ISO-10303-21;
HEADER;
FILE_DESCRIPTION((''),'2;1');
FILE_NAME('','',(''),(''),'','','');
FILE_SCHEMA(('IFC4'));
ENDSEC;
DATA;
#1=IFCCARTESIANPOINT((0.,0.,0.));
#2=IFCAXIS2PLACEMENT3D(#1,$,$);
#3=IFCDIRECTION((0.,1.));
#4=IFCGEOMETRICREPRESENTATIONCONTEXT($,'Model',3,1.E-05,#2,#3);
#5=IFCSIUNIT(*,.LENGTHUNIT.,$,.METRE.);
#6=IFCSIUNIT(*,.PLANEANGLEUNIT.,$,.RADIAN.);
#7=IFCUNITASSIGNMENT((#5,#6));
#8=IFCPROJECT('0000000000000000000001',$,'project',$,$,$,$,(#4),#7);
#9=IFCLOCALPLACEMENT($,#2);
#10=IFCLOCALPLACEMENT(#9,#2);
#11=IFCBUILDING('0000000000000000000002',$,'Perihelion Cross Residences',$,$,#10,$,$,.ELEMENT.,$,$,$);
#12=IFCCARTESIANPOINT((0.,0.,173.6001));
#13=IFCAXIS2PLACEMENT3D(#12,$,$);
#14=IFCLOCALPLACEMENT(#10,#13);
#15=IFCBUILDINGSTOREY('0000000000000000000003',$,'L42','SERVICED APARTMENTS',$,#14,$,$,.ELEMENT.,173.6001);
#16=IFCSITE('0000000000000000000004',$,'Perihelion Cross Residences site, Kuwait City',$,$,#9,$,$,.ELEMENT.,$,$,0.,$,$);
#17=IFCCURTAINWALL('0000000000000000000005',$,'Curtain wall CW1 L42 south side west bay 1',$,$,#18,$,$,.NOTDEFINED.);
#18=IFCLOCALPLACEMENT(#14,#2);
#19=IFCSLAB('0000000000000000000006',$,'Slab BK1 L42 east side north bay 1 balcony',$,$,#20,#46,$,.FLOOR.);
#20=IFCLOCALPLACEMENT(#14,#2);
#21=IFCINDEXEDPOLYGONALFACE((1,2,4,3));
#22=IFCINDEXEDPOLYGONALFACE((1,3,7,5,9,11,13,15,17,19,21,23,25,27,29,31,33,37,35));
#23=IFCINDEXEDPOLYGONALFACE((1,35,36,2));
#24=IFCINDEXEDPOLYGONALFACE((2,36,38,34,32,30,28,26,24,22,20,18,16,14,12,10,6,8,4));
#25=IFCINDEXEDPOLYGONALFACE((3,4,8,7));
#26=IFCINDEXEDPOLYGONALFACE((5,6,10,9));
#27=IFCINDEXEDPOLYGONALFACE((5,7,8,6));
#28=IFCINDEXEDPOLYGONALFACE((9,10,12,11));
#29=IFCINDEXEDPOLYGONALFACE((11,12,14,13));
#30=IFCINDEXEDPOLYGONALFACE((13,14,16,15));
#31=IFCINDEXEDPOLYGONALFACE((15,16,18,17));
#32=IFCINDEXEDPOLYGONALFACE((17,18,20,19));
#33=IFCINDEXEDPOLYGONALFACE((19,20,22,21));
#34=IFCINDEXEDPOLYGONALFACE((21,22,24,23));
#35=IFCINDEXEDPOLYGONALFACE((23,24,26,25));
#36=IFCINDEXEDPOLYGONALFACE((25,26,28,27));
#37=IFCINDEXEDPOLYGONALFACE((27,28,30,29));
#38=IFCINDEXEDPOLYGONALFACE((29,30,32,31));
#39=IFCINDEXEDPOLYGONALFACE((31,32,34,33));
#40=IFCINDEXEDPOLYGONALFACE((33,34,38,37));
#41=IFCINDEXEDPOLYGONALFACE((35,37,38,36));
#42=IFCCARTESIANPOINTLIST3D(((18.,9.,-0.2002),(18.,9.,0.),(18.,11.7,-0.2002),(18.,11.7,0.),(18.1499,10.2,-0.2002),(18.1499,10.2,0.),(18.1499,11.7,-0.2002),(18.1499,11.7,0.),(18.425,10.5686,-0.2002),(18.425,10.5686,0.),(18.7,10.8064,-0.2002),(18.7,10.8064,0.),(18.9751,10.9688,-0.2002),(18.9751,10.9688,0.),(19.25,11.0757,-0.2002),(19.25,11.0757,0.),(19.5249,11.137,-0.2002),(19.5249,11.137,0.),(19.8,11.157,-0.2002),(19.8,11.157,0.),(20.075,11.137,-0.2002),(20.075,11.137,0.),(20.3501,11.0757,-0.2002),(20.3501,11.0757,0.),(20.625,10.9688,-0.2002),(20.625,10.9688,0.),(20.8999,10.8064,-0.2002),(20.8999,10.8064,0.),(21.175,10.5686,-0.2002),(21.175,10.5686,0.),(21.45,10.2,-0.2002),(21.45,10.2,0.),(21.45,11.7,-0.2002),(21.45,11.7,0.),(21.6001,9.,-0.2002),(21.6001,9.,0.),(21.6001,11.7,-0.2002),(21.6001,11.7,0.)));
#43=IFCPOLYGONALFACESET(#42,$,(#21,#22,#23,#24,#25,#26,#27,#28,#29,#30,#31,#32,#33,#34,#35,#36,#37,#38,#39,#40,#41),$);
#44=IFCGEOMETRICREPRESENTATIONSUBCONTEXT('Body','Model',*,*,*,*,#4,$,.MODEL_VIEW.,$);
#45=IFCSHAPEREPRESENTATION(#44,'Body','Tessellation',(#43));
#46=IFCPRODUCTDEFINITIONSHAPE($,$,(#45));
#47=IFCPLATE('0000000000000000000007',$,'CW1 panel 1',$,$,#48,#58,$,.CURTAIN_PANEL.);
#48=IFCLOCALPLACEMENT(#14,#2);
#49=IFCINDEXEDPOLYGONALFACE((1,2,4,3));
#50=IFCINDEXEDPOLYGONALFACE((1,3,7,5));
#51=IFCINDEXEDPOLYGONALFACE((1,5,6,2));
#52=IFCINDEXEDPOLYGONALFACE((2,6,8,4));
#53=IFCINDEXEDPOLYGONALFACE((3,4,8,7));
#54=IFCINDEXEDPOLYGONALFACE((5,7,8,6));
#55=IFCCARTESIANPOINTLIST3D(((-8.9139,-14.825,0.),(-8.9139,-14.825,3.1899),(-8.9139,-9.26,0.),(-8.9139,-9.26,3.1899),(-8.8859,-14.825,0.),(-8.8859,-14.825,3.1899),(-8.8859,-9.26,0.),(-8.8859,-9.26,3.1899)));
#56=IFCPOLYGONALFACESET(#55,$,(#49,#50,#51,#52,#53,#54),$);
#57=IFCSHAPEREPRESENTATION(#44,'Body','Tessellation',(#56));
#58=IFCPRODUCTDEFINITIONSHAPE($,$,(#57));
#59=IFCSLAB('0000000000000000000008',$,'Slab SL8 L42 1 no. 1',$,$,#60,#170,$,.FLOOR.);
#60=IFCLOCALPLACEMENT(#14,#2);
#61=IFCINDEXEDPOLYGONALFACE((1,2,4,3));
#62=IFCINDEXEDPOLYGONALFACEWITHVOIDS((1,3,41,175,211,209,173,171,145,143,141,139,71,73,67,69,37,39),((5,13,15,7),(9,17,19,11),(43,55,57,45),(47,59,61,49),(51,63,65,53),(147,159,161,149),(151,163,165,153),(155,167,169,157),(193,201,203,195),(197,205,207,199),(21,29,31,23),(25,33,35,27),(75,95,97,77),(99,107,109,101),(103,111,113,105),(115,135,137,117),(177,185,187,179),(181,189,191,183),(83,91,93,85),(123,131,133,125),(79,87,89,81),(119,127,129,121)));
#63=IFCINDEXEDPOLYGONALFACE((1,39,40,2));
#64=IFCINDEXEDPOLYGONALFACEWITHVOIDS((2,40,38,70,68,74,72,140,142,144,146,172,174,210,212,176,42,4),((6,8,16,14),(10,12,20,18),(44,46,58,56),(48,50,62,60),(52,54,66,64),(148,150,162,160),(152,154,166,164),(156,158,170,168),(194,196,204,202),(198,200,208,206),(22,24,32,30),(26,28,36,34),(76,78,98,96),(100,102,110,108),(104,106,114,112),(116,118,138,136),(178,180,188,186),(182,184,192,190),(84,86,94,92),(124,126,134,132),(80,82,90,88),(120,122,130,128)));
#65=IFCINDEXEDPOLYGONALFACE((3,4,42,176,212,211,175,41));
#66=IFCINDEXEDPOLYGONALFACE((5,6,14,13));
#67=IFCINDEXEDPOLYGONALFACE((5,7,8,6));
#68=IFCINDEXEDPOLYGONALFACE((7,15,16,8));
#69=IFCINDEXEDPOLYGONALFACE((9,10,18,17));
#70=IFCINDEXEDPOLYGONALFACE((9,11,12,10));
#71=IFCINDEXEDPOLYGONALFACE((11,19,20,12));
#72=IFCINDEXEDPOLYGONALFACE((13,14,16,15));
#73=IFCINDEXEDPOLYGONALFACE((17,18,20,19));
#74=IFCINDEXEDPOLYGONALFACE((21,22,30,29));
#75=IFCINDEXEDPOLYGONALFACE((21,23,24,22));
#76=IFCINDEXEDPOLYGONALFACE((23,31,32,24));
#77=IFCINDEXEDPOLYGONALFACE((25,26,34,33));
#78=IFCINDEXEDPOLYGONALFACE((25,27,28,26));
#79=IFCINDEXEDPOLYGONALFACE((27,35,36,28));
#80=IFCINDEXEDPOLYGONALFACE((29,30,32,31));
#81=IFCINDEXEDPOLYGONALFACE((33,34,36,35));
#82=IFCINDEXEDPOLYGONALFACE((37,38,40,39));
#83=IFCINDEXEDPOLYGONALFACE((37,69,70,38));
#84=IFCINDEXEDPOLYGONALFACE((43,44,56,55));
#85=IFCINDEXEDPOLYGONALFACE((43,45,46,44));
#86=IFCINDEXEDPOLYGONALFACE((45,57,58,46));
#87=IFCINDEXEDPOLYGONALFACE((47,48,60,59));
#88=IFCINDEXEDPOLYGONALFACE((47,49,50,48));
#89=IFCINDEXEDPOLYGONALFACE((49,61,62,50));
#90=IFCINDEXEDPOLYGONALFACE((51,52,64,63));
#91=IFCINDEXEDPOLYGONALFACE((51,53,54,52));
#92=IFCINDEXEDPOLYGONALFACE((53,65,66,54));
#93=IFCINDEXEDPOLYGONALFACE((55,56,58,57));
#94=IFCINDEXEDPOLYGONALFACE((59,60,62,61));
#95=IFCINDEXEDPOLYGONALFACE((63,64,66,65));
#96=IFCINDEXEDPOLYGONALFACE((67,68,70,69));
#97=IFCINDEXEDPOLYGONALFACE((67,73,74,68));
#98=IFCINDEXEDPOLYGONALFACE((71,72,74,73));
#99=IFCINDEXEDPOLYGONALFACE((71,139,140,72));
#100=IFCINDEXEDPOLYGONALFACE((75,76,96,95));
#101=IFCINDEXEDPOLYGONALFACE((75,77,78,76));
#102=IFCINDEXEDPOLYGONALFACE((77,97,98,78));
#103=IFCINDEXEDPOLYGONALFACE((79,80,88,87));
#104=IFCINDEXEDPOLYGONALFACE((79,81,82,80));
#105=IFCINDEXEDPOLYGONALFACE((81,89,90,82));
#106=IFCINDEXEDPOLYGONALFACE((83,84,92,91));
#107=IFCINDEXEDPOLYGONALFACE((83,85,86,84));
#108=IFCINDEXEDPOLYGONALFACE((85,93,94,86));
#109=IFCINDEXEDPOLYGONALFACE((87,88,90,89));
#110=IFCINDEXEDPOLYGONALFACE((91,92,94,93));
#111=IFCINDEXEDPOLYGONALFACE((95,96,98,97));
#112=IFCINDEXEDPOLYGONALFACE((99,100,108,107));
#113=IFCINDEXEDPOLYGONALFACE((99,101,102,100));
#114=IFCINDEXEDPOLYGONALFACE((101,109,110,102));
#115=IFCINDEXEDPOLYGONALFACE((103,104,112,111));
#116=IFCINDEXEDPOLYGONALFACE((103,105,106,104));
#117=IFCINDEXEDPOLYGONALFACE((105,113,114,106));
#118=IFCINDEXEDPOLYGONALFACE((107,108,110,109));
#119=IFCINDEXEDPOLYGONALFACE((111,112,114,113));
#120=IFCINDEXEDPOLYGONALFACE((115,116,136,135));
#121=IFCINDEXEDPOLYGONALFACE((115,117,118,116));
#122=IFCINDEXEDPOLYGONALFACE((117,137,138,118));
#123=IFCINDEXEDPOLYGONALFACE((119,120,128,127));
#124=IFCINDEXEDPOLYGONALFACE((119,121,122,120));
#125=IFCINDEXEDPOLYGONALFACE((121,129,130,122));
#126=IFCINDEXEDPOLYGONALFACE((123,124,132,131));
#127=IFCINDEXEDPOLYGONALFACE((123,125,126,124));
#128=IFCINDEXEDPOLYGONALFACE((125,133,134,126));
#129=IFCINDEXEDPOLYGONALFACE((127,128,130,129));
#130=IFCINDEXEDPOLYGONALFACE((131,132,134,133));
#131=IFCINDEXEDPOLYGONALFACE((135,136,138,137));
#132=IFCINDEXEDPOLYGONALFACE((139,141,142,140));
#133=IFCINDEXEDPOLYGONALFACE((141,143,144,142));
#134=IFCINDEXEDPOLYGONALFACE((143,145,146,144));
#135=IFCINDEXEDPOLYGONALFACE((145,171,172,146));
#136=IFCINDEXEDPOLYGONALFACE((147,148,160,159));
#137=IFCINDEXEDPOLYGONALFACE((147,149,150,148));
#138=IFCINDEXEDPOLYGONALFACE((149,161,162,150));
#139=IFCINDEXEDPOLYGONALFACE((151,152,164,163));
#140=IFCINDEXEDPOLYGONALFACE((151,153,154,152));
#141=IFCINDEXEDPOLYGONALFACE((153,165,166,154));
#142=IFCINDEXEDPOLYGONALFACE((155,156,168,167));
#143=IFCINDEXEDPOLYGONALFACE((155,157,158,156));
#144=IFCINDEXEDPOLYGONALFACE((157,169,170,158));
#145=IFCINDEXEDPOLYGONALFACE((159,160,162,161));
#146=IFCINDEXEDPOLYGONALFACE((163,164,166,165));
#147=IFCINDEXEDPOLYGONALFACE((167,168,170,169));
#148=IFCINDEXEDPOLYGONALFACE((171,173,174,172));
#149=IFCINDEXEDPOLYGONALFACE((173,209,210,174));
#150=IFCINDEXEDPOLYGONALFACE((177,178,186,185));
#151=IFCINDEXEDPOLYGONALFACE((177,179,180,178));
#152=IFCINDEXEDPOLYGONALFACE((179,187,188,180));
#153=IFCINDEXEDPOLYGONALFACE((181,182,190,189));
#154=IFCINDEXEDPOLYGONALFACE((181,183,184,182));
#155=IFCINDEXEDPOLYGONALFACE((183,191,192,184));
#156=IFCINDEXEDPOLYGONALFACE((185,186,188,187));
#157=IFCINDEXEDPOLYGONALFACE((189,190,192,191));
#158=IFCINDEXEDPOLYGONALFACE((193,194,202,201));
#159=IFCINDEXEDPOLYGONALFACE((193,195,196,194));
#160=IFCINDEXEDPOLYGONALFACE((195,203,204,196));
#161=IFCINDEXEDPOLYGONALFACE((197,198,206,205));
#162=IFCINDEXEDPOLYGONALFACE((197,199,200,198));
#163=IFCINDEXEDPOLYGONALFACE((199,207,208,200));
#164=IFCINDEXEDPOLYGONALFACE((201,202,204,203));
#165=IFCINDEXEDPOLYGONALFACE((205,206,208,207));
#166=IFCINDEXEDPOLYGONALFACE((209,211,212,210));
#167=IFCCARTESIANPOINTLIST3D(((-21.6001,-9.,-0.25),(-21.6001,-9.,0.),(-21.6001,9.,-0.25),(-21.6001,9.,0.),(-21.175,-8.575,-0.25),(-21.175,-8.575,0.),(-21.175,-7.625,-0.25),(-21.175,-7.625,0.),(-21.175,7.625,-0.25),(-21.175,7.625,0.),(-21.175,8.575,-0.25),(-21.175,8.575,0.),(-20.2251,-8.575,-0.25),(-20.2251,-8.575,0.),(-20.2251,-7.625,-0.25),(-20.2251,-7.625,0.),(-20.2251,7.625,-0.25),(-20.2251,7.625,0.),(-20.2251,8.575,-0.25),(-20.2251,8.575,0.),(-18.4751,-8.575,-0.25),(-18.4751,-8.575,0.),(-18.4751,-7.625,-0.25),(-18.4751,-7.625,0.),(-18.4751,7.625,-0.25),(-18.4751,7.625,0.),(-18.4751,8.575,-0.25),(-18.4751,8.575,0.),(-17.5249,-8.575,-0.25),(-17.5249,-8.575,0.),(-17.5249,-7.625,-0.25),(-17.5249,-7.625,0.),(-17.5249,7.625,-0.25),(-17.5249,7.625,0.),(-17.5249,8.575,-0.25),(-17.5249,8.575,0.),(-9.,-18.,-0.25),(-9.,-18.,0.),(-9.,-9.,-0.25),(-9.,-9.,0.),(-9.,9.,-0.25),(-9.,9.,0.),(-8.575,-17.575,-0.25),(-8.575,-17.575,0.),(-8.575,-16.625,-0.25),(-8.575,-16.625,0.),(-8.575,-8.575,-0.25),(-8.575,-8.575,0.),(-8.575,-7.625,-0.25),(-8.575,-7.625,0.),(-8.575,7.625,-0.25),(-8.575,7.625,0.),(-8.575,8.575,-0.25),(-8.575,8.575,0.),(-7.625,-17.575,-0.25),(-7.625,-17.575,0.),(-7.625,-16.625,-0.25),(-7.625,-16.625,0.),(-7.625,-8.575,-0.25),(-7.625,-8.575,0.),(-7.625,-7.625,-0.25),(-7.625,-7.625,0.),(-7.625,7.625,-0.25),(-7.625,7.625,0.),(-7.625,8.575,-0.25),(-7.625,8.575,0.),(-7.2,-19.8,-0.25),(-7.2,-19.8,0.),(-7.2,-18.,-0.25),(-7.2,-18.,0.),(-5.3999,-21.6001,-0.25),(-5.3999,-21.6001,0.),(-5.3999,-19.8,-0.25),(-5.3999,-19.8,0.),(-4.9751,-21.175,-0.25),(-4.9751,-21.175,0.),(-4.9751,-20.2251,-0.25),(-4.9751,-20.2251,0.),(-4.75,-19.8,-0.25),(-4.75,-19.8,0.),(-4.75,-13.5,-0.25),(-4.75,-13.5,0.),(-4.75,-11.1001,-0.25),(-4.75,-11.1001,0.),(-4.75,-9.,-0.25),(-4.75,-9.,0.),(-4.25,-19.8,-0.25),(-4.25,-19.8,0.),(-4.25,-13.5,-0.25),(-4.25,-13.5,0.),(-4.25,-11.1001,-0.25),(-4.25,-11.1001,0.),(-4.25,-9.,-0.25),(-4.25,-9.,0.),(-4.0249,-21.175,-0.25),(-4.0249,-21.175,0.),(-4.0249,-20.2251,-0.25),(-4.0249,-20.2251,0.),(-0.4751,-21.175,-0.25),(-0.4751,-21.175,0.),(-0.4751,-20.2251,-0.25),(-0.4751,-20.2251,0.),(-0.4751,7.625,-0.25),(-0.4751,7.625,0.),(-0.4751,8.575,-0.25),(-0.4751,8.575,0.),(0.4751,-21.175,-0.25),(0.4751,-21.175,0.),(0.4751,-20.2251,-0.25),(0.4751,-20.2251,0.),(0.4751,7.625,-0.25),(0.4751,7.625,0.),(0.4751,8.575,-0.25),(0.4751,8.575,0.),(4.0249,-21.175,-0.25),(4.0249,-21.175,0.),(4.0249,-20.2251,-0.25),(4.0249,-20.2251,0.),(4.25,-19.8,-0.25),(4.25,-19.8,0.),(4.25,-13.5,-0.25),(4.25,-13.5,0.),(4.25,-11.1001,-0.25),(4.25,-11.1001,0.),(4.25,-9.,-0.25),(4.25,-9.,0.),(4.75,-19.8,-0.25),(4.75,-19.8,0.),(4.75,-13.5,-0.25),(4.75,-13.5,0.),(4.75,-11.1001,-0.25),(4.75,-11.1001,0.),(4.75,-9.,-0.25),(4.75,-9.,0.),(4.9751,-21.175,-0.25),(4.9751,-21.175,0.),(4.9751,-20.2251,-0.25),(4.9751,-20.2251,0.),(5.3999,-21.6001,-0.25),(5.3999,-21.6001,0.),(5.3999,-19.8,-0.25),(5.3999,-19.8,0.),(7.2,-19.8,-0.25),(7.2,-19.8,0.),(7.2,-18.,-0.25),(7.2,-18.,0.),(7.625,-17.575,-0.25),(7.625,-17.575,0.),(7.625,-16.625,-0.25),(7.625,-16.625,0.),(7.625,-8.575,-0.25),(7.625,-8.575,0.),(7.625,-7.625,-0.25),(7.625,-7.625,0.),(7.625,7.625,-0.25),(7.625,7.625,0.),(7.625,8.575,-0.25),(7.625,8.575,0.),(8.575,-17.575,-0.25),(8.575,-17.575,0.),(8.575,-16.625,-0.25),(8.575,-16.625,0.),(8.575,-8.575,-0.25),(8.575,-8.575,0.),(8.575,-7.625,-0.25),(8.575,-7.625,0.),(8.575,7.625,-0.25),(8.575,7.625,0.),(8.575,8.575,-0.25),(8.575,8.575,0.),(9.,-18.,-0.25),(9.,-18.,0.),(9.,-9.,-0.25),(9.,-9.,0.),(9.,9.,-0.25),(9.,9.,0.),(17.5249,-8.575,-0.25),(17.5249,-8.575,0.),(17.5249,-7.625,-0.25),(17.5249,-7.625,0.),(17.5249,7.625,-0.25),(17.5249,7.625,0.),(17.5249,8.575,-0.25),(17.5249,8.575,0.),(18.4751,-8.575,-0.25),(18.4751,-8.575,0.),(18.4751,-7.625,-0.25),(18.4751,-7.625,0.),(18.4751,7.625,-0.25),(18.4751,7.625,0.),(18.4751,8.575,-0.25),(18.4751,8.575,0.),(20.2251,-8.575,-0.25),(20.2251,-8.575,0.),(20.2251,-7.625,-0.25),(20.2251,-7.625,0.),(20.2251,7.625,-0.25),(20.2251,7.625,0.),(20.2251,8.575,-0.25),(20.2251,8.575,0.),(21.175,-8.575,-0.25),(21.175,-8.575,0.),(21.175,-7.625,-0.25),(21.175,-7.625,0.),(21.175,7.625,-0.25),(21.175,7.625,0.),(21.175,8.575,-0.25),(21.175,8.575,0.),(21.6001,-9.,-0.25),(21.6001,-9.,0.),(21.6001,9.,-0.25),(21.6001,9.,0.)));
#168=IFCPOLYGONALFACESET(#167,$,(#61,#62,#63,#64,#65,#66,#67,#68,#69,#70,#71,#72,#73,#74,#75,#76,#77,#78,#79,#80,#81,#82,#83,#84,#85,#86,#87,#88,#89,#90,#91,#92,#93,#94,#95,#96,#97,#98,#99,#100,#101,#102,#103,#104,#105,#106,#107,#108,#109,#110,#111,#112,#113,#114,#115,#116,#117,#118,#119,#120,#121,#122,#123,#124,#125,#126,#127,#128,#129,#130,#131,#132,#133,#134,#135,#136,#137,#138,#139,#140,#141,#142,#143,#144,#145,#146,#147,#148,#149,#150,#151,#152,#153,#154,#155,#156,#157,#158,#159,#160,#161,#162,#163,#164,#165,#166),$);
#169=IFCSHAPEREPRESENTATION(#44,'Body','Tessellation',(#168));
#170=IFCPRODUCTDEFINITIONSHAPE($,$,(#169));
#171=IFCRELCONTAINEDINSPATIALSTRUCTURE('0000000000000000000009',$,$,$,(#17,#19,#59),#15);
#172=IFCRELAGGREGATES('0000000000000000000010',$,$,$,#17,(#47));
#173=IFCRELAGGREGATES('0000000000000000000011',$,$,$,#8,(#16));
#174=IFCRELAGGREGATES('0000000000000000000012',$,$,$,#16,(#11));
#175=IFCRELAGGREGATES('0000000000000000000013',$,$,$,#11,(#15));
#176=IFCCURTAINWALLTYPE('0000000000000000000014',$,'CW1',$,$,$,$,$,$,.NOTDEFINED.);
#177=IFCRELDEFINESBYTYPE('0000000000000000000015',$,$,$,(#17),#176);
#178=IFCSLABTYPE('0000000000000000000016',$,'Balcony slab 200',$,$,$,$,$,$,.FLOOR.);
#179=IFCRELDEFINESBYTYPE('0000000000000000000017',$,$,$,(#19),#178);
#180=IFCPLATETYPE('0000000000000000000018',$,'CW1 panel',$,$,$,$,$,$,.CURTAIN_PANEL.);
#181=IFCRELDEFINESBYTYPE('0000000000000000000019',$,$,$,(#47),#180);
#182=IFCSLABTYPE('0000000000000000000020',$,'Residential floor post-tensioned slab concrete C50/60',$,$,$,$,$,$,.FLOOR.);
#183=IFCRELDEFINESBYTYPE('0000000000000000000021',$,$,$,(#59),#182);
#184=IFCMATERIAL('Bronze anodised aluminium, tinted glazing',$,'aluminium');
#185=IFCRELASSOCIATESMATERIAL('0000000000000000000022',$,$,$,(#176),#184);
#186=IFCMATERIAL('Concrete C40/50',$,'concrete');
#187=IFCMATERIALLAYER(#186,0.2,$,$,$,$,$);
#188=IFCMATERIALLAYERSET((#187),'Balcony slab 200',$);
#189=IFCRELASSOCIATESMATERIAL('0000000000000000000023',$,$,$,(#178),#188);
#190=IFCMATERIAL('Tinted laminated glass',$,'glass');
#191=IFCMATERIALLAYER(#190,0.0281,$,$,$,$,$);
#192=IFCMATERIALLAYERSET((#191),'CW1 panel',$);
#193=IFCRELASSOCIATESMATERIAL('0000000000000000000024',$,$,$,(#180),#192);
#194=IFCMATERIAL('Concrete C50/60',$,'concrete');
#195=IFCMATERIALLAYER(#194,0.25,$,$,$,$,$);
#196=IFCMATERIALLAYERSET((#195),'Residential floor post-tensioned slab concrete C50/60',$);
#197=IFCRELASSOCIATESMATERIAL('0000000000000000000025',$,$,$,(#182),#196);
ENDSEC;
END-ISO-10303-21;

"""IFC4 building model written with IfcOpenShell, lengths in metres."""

from ifc_helpers import new_model, si_unit, direction, frame, origin, origin_2d, place, context, subcontext, project, spatial, polyline, rectangle, outline, extrude, material, layer, layer_set, type_object, element, aggregate, save


model = new_model("IFC4")

# Units and contexts
model_context = context("Model", 3, precision=1e-05, world=origin(), true_north=direction((0.0, 1.0)))
body_context = subcontext(model_context, "Body", "Model", "MODEL_VIEW")
ifc_project = project(units=[si_unit("LENGTHUNIT", "METRE"), si_unit("PLANEANGLEUNIT", "RADIAN")], contexts=[model_context])

# Site, building, storey
site_placement = place(None, origin())
site = spatial("IfcSite", under=ifc_project, at=site_placement, Name="Perihelion Cross Residences site, Kuwait City", CompositionType="ELEMENT", RefElevation=0.0)
building_placement = place(site_placement, origin())
building = spatial("IfcBuilding", under=site, at=building_placement, Name="Perihelion Cross Residences", CompositionType="ELEMENT")
storey_placement = place(building_placement, frame((0.0, 0.0, 173.6001)))
storey = spatial("IfcBuildingStorey", under=building, at=storey_placement, Name="L42", Description="SERVICED APARTMENTS", CompositionType="ELEMENT", Elevation=173.6001)

# Curtain wall
ifc_material_1 = material(Name="Bronze anodised aluminium, tinted glazing", Category="aluminium")
curtain_wall_type = type_object("IfcCurtainWallType", Name="CW1", PredefinedType="NOTDEFINED", material=ifc_material_1)
curtain_wall_placement = place(storey_placement, origin())
curtain_wall = element("IfcCurtainWall", 1, at=curtain_wall_placement, inside=storey, type_object=curtain_wall_type, Name="Curtain wall CW1 L42 south side west bay 1", PredefinedType="NOTDEFINED")

# Slab
ifc_material_2 = material(Name="Concrete C40/50", Category="concrete")
ifc_layer_1 = layer(ifc_material_2, 0.2)
ifc_layer_set_1 = layer_set([ifc_layer_1], Name="Balcony slab 200")
slab_type_1 = type_object("IfcSlabType", Name="Balcony slab 200", PredefinedType="FLOOR", material=ifc_layer_set_1)
slab_1_placement = place(storey_placement, frame((0.0, 0.0, -0.2002)))
element("IfcSlab", 2, at=slab_1_placement, inside=storey, type_object=slab_type_1, Name="Slab BK1 L42 east side north bay 1 balcony", PredefinedType="FLOOR", context=body_context, shape_type="SweptSolid", body=[
    extrude(outline(polyline([(21.6001, 9.0), (18.0, 9.0), (18.0, 11.7), (18.1499, 11.7), (18.1499, 10.2), (18.425, 10.5686), (18.7, 10.8064), (18.9751, 10.9688), (19.25, 11.0757), (19.5249, 11.137), (19.8, 11.157), (20.075, 11.137), (20.3501, 11.0757), (20.625, 10.9688), (20.8999, 10.8064), (21.175, 10.5686), (21.45, 10.2), (21.45, 11.7), (21.6001, 11.7), (21.6001, 9.0)])), origin(), (0.0, 0.0, 1.0), 0.2002),
])

# Plate
ifc_material_3 = material(Name="Tinted laminated glass", Category="glass")
ifc_layer_2 = layer(ifc_material_3, 0.0281)
ifc_layer_set_2 = layer_set([ifc_layer_2], Name="CW1 panel")
plate_type = type_object("IfcPlateType", Name="CW1 panel", PredefinedType="CURTAIN_PANEL", material=ifc_layer_set_2)
plate_placement = place(storey_placement, frame((-8.8999, -12.0425, 0.0), z_axis=(0.0, 0.0, 1.0), x_axis=(0.0, -1.0, 0.0)))
plate = element("IfcPlate", 3, at=plate_placement, type_object=plate_type, Name="CW1 panel 1", PredefinedType="CURTAIN_PANEL", context=body_context, shape_type="SweptSolid", body=[
    extrude(rectangle(XDim=5.5649, YDim=0.0281, at=origin_2d()), origin(), (0.0, 0.0, 1.0), 3.1899),
])
aggregate(curtain_wall, [plate])

# Slab
ifc_material_4 = material(Name="Concrete C50/60", Category="concrete")
ifc_layer_3 = layer(ifc_material_4, 0.25)
ifc_layer_set_3 = layer_set([ifc_layer_3], Name="Residential floor post-tensioned slab concrete C50/60")
slab_type_2 = type_object("IfcSlabType", Name="Residential floor post-tensioned slab concrete C50/60", PredefinedType="FLOOR", material=ifc_layer_set_3)
slab_2_placement = place(storey_placement, frame((0.0, 0.0, -0.25)))
element("IfcSlab", 4, at=slab_2_placement, inside=storey, type_object=slab_type_2, Name="Slab SL8 L42 1 no. 1", PredefinedType="FLOOR", context=body_context, shape_type="SweptSolid", body=[
    extrude(outline(polyline([(-9.0, 9.0), (9.0, 9.0), (21.6001, 9.0), (21.6001, -9.0), (9.0, -9.0), (9.0, -18.0), (7.2, -18.0), (7.2, -19.8), (5.3999, -19.8), (5.3999, -21.6001), (-5.3999, -21.6001), (-5.3999, -19.8), (-7.2, -19.8), (-7.2, -18.0), (-9.0, -18.0), (-9.0, -9.0), (-21.6001, -9.0), (-21.6001, 9.0), (-9.0, 9.0)]), holes=[polyline([(-4.0249, -20.2251), (-4.9751, -20.2251), (-4.9751, -21.175), (-4.0249, -21.175), (-4.0249, -20.2251)]), polyline([(0.4751, -21.175), (0.4751, -20.2251), (-0.4751, -20.2251), (-0.4751, -21.175), (0.4751, -21.175)]), polyline([(-7.625, -17.575), (-7.625, -16.625), (-8.575, -16.625), (-8.575, -17.575), (-7.625, -17.575)]), polyline([(-4.25, -13.5), (-4.75, -13.5), (-4.75, -19.8), (-4.25, -19.8), (-4.25, -13.5)]), polyline([(-4.25, -11.1001), (-4.25, -9.0), (-4.75, -9.0), (-4.75, -11.1001), (-4.25, -11.1001)]), polyline([(-20.2251, -8.575), (-20.2251, -7.625), (-21.175, -7.625), (-21.175, -8.575), (-20.2251, -8.575)]), polyline([(-17.5249, -7.625), (-18.4751, -7.625), (-18.4751, -8.575), (-17.5249, -8.575), (-17.5249, -7.625)]), polyline([(-7.625, -8.575), (-7.625, -7.625), (-8.575, -7.625), (-8.575, -8.575), (-7.625, -8.575)]), polyline([(-20.2251, 8.575), (-21.175, 8.575), (-21.175, 7.625), (-20.2251, 7.625), (-20.2251, 8.575)]), polyline([(-17.5249, 7.625), (-17.5249, 8.575), (-18.4751, 8.575), (-18.4751, 7.625), (-17.5249, 7.625)]), polyline([(-7.625, 7.625), (-7.625, 8.575), (-8.575, 8.575), (-8.575, 7.625), (-7.625, 7.625)]), polyline([(4.9751, -20.2251), (4.0249, -20.2251), (4.0249, -21.175), (4.9751, -21.175), (4.9751, -20.2251)]), polyline([(8.575, -17.575), (8.575, -16.625), (7.625, -16.625), (7.625, -17.575), (8.575, -17.575)]), polyline([(4.75, -19.8), (4.75, -13.5), (4.25, -13.5), (4.25, -19.8), (4.75, -19.8)]), polyline([(4.75, -9.0), (4.25, -9.0), (4.25, -11.1001), (4.75, -11.1001), (4.75, -9.0)]), polyline([(8.575, -8.575), (8.575, -7.625), (7.625, -7.625), (7.625, -8.575), (8.575, -8.575)]), polyline([(18.4751, -8.575), (18.4751, -7.625), (17.5249, -7.625), (17.5249, -8.575), (18.4751, -8.575)]), polyline([(21.175, -7.625), (20.2251, -7.625), (20.2251, -8.575), (21.175, -8.575), (21.175, -7.625)]), polyline([(0.4751, 7.625), (0.4751, 8.575), (-0.4751, 8.575), (-0.4751, 7.625), (0.4751, 7.625)]), polyline([(8.575, 8.575), (7.625, 8.575), (7.625, 7.625), (8.575, 7.625), (8.575, 8.575)]), polyline([(18.4751, 7.625), (18.4751, 8.575), (17.5249, 8.575), (17.5249, 7.625), (18.4751, 7.625)]), polyline([(21.175, 7.625), (21.175, 8.575), (20.2251, 8.575), (20.2251, 7.625), (21.175, 7.625)])]), origin(), (0.0, 0.0, 1.0), 0.25),
])

save(model, "model.ifc")
